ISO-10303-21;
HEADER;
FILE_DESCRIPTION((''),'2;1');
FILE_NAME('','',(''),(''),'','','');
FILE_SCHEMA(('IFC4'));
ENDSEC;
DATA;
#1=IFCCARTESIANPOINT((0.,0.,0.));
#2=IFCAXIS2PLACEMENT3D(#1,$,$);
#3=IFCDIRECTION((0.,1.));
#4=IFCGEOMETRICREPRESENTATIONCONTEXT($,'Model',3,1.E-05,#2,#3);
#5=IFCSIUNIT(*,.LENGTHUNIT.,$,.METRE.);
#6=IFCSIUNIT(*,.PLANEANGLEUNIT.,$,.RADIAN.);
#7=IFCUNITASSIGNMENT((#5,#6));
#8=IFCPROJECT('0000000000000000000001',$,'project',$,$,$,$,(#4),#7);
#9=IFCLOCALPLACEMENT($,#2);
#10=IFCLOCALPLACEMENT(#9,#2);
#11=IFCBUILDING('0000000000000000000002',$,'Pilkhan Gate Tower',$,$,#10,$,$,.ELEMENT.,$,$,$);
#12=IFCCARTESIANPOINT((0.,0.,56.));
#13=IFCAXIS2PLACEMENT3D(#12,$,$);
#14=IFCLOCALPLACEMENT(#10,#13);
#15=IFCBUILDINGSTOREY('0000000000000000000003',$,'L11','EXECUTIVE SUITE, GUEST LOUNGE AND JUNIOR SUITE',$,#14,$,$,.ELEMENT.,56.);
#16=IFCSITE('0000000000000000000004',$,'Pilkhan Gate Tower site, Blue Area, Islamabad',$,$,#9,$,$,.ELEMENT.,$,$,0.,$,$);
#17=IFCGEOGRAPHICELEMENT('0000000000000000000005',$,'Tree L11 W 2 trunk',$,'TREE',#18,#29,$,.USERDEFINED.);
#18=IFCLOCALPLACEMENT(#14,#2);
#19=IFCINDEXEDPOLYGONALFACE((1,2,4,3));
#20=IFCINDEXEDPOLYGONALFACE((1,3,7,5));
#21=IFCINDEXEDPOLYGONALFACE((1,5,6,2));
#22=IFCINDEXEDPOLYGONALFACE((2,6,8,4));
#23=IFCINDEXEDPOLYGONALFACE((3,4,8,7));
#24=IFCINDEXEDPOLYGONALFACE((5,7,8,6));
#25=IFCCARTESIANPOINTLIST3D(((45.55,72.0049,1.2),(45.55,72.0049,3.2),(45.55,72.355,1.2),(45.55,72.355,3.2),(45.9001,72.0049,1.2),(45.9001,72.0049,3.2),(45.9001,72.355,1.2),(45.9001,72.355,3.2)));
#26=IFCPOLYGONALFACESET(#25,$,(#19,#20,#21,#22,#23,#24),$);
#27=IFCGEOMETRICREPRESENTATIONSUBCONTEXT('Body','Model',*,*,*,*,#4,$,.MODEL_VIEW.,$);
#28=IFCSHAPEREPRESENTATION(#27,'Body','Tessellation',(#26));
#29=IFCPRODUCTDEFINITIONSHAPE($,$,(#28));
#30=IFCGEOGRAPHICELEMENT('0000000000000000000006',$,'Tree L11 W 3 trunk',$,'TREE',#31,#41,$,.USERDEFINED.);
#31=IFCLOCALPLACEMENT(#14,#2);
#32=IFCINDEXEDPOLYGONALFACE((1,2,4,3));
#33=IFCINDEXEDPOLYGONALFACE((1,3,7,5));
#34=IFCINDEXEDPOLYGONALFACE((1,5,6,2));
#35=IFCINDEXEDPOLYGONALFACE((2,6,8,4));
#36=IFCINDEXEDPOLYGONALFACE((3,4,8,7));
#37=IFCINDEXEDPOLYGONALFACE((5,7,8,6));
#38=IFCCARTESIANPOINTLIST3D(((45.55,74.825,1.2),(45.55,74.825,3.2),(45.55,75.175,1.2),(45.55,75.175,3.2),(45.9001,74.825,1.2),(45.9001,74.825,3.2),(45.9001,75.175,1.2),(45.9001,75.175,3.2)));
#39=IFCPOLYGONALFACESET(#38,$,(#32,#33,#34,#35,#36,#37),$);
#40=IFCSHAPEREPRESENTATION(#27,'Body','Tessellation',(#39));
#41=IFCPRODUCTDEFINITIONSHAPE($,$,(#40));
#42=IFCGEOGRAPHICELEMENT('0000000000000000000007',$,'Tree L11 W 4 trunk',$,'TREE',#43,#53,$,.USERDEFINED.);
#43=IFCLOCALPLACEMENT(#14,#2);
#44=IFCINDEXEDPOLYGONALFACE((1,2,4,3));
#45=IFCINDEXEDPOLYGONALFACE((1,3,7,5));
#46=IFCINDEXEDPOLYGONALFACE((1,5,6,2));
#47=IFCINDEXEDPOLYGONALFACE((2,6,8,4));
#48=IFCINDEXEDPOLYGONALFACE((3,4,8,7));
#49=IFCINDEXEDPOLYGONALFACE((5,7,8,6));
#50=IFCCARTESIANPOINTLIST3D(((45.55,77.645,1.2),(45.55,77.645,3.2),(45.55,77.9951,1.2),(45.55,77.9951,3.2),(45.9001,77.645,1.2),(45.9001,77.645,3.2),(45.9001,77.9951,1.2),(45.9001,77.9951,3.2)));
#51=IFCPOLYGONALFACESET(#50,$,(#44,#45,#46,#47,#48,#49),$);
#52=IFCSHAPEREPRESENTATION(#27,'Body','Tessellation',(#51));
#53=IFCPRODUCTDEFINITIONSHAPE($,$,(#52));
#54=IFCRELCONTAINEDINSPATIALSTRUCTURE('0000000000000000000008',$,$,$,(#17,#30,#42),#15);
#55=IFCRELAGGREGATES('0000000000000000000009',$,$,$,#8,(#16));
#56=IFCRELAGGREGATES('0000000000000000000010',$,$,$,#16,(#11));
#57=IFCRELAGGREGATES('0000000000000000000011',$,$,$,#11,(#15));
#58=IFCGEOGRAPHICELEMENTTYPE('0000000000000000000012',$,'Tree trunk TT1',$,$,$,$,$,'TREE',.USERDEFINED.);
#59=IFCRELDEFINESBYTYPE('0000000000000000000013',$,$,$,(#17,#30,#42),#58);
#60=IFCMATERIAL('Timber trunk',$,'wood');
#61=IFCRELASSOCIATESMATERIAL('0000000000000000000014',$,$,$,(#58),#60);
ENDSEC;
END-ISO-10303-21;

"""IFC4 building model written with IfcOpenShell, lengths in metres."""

from ifc_helpers import new_model, si_unit, direction, frame, origin, origin_2d, place, context, subcontext, project, spatial, rectangle, extrude, material, type_object, element, save


model = new_model("IFC4")

# Units and contexts
model_context = context("Model", 3, precision=1e-05, world=origin(), true_north=direction((0.0, 1.0)))
body_context = subcontext(model_context, "Body", "Model", "MODEL_VIEW")
ifc_project = project(units=[si_unit("LENGTHUNIT", "METRE"), si_unit("PLANEANGLEUNIT", "RADIAN")], contexts=[model_context])

# Site, building, storey
site_placement = place(None, origin())
site = spatial("IfcSite", under=ifc_project, at=site_placement, Name="Pilkhan Gate Tower site, Blue Area, Islamabad", CompositionType="ELEMENT", RefElevation=0.0)
building_placement = place(site_placement, origin())
building = spatial("IfcBuilding", under=site, at=building_placement, Name="Pilkhan Gate Tower", CompositionType="ELEMENT")
storey_placement = place(building_placement, frame((0.0, 0.0, 56.0)))
storey = spatial("IfcBuildingStorey", under=building, at=storey_placement, Name="L11", Description="EXECUTIVE SUITE, GUEST LOUNGE AND JUNIOR SUITE", CompositionType="ELEMENT", Elevation=56.0)

# Geographic elements
ifc_material_1 = material(Name="Timber trunk", Category="wood")
geographic_element_type_1 = type_object("IfcGeographicElementType", Name="Tree trunk TT1", ElementType="TREE", PredefinedType="USERDEFINED", material=ifc_material_1)
for number, where, z_axis, x_axis, name in (
    (1, (45.7251, 72.1799, 1.2), (0.0, 0.0, 1.0), (1.0, 0.0, 0.0), "Tree L11 W 2 trunk"),
    (2, (45.7251, 75.0, 1.2), (0.0, 0.0, 1.0), (1.0, 0.0, 0.0), "Tree L11 W 3 trunk"),
    (3, (45.7251, 77.8201, 1.2), (0.0, 0.0, 1.0), (1.0, 0.0, 0.0), "Tree L11 W 4 trunk"),
):
    element("IfcGeographicElement", number, at=place(storey_placement, frame(where, z_axis=z_axis, x_axis=x_axis)), inside=storey, type_object=geographic_element_type_1, Name=name, ObjectType="TREE", PredefinedType="USERDEFINED", context=body_context, shape_type="SweptSolid", body=[
        extrude(rectangle(XDim=0.3501, YDim=0.3501, at=origin_2d()), origin(), (0.0, 0.0, 1.0), 2.0),
    ])

save(model, "model.ifc")
